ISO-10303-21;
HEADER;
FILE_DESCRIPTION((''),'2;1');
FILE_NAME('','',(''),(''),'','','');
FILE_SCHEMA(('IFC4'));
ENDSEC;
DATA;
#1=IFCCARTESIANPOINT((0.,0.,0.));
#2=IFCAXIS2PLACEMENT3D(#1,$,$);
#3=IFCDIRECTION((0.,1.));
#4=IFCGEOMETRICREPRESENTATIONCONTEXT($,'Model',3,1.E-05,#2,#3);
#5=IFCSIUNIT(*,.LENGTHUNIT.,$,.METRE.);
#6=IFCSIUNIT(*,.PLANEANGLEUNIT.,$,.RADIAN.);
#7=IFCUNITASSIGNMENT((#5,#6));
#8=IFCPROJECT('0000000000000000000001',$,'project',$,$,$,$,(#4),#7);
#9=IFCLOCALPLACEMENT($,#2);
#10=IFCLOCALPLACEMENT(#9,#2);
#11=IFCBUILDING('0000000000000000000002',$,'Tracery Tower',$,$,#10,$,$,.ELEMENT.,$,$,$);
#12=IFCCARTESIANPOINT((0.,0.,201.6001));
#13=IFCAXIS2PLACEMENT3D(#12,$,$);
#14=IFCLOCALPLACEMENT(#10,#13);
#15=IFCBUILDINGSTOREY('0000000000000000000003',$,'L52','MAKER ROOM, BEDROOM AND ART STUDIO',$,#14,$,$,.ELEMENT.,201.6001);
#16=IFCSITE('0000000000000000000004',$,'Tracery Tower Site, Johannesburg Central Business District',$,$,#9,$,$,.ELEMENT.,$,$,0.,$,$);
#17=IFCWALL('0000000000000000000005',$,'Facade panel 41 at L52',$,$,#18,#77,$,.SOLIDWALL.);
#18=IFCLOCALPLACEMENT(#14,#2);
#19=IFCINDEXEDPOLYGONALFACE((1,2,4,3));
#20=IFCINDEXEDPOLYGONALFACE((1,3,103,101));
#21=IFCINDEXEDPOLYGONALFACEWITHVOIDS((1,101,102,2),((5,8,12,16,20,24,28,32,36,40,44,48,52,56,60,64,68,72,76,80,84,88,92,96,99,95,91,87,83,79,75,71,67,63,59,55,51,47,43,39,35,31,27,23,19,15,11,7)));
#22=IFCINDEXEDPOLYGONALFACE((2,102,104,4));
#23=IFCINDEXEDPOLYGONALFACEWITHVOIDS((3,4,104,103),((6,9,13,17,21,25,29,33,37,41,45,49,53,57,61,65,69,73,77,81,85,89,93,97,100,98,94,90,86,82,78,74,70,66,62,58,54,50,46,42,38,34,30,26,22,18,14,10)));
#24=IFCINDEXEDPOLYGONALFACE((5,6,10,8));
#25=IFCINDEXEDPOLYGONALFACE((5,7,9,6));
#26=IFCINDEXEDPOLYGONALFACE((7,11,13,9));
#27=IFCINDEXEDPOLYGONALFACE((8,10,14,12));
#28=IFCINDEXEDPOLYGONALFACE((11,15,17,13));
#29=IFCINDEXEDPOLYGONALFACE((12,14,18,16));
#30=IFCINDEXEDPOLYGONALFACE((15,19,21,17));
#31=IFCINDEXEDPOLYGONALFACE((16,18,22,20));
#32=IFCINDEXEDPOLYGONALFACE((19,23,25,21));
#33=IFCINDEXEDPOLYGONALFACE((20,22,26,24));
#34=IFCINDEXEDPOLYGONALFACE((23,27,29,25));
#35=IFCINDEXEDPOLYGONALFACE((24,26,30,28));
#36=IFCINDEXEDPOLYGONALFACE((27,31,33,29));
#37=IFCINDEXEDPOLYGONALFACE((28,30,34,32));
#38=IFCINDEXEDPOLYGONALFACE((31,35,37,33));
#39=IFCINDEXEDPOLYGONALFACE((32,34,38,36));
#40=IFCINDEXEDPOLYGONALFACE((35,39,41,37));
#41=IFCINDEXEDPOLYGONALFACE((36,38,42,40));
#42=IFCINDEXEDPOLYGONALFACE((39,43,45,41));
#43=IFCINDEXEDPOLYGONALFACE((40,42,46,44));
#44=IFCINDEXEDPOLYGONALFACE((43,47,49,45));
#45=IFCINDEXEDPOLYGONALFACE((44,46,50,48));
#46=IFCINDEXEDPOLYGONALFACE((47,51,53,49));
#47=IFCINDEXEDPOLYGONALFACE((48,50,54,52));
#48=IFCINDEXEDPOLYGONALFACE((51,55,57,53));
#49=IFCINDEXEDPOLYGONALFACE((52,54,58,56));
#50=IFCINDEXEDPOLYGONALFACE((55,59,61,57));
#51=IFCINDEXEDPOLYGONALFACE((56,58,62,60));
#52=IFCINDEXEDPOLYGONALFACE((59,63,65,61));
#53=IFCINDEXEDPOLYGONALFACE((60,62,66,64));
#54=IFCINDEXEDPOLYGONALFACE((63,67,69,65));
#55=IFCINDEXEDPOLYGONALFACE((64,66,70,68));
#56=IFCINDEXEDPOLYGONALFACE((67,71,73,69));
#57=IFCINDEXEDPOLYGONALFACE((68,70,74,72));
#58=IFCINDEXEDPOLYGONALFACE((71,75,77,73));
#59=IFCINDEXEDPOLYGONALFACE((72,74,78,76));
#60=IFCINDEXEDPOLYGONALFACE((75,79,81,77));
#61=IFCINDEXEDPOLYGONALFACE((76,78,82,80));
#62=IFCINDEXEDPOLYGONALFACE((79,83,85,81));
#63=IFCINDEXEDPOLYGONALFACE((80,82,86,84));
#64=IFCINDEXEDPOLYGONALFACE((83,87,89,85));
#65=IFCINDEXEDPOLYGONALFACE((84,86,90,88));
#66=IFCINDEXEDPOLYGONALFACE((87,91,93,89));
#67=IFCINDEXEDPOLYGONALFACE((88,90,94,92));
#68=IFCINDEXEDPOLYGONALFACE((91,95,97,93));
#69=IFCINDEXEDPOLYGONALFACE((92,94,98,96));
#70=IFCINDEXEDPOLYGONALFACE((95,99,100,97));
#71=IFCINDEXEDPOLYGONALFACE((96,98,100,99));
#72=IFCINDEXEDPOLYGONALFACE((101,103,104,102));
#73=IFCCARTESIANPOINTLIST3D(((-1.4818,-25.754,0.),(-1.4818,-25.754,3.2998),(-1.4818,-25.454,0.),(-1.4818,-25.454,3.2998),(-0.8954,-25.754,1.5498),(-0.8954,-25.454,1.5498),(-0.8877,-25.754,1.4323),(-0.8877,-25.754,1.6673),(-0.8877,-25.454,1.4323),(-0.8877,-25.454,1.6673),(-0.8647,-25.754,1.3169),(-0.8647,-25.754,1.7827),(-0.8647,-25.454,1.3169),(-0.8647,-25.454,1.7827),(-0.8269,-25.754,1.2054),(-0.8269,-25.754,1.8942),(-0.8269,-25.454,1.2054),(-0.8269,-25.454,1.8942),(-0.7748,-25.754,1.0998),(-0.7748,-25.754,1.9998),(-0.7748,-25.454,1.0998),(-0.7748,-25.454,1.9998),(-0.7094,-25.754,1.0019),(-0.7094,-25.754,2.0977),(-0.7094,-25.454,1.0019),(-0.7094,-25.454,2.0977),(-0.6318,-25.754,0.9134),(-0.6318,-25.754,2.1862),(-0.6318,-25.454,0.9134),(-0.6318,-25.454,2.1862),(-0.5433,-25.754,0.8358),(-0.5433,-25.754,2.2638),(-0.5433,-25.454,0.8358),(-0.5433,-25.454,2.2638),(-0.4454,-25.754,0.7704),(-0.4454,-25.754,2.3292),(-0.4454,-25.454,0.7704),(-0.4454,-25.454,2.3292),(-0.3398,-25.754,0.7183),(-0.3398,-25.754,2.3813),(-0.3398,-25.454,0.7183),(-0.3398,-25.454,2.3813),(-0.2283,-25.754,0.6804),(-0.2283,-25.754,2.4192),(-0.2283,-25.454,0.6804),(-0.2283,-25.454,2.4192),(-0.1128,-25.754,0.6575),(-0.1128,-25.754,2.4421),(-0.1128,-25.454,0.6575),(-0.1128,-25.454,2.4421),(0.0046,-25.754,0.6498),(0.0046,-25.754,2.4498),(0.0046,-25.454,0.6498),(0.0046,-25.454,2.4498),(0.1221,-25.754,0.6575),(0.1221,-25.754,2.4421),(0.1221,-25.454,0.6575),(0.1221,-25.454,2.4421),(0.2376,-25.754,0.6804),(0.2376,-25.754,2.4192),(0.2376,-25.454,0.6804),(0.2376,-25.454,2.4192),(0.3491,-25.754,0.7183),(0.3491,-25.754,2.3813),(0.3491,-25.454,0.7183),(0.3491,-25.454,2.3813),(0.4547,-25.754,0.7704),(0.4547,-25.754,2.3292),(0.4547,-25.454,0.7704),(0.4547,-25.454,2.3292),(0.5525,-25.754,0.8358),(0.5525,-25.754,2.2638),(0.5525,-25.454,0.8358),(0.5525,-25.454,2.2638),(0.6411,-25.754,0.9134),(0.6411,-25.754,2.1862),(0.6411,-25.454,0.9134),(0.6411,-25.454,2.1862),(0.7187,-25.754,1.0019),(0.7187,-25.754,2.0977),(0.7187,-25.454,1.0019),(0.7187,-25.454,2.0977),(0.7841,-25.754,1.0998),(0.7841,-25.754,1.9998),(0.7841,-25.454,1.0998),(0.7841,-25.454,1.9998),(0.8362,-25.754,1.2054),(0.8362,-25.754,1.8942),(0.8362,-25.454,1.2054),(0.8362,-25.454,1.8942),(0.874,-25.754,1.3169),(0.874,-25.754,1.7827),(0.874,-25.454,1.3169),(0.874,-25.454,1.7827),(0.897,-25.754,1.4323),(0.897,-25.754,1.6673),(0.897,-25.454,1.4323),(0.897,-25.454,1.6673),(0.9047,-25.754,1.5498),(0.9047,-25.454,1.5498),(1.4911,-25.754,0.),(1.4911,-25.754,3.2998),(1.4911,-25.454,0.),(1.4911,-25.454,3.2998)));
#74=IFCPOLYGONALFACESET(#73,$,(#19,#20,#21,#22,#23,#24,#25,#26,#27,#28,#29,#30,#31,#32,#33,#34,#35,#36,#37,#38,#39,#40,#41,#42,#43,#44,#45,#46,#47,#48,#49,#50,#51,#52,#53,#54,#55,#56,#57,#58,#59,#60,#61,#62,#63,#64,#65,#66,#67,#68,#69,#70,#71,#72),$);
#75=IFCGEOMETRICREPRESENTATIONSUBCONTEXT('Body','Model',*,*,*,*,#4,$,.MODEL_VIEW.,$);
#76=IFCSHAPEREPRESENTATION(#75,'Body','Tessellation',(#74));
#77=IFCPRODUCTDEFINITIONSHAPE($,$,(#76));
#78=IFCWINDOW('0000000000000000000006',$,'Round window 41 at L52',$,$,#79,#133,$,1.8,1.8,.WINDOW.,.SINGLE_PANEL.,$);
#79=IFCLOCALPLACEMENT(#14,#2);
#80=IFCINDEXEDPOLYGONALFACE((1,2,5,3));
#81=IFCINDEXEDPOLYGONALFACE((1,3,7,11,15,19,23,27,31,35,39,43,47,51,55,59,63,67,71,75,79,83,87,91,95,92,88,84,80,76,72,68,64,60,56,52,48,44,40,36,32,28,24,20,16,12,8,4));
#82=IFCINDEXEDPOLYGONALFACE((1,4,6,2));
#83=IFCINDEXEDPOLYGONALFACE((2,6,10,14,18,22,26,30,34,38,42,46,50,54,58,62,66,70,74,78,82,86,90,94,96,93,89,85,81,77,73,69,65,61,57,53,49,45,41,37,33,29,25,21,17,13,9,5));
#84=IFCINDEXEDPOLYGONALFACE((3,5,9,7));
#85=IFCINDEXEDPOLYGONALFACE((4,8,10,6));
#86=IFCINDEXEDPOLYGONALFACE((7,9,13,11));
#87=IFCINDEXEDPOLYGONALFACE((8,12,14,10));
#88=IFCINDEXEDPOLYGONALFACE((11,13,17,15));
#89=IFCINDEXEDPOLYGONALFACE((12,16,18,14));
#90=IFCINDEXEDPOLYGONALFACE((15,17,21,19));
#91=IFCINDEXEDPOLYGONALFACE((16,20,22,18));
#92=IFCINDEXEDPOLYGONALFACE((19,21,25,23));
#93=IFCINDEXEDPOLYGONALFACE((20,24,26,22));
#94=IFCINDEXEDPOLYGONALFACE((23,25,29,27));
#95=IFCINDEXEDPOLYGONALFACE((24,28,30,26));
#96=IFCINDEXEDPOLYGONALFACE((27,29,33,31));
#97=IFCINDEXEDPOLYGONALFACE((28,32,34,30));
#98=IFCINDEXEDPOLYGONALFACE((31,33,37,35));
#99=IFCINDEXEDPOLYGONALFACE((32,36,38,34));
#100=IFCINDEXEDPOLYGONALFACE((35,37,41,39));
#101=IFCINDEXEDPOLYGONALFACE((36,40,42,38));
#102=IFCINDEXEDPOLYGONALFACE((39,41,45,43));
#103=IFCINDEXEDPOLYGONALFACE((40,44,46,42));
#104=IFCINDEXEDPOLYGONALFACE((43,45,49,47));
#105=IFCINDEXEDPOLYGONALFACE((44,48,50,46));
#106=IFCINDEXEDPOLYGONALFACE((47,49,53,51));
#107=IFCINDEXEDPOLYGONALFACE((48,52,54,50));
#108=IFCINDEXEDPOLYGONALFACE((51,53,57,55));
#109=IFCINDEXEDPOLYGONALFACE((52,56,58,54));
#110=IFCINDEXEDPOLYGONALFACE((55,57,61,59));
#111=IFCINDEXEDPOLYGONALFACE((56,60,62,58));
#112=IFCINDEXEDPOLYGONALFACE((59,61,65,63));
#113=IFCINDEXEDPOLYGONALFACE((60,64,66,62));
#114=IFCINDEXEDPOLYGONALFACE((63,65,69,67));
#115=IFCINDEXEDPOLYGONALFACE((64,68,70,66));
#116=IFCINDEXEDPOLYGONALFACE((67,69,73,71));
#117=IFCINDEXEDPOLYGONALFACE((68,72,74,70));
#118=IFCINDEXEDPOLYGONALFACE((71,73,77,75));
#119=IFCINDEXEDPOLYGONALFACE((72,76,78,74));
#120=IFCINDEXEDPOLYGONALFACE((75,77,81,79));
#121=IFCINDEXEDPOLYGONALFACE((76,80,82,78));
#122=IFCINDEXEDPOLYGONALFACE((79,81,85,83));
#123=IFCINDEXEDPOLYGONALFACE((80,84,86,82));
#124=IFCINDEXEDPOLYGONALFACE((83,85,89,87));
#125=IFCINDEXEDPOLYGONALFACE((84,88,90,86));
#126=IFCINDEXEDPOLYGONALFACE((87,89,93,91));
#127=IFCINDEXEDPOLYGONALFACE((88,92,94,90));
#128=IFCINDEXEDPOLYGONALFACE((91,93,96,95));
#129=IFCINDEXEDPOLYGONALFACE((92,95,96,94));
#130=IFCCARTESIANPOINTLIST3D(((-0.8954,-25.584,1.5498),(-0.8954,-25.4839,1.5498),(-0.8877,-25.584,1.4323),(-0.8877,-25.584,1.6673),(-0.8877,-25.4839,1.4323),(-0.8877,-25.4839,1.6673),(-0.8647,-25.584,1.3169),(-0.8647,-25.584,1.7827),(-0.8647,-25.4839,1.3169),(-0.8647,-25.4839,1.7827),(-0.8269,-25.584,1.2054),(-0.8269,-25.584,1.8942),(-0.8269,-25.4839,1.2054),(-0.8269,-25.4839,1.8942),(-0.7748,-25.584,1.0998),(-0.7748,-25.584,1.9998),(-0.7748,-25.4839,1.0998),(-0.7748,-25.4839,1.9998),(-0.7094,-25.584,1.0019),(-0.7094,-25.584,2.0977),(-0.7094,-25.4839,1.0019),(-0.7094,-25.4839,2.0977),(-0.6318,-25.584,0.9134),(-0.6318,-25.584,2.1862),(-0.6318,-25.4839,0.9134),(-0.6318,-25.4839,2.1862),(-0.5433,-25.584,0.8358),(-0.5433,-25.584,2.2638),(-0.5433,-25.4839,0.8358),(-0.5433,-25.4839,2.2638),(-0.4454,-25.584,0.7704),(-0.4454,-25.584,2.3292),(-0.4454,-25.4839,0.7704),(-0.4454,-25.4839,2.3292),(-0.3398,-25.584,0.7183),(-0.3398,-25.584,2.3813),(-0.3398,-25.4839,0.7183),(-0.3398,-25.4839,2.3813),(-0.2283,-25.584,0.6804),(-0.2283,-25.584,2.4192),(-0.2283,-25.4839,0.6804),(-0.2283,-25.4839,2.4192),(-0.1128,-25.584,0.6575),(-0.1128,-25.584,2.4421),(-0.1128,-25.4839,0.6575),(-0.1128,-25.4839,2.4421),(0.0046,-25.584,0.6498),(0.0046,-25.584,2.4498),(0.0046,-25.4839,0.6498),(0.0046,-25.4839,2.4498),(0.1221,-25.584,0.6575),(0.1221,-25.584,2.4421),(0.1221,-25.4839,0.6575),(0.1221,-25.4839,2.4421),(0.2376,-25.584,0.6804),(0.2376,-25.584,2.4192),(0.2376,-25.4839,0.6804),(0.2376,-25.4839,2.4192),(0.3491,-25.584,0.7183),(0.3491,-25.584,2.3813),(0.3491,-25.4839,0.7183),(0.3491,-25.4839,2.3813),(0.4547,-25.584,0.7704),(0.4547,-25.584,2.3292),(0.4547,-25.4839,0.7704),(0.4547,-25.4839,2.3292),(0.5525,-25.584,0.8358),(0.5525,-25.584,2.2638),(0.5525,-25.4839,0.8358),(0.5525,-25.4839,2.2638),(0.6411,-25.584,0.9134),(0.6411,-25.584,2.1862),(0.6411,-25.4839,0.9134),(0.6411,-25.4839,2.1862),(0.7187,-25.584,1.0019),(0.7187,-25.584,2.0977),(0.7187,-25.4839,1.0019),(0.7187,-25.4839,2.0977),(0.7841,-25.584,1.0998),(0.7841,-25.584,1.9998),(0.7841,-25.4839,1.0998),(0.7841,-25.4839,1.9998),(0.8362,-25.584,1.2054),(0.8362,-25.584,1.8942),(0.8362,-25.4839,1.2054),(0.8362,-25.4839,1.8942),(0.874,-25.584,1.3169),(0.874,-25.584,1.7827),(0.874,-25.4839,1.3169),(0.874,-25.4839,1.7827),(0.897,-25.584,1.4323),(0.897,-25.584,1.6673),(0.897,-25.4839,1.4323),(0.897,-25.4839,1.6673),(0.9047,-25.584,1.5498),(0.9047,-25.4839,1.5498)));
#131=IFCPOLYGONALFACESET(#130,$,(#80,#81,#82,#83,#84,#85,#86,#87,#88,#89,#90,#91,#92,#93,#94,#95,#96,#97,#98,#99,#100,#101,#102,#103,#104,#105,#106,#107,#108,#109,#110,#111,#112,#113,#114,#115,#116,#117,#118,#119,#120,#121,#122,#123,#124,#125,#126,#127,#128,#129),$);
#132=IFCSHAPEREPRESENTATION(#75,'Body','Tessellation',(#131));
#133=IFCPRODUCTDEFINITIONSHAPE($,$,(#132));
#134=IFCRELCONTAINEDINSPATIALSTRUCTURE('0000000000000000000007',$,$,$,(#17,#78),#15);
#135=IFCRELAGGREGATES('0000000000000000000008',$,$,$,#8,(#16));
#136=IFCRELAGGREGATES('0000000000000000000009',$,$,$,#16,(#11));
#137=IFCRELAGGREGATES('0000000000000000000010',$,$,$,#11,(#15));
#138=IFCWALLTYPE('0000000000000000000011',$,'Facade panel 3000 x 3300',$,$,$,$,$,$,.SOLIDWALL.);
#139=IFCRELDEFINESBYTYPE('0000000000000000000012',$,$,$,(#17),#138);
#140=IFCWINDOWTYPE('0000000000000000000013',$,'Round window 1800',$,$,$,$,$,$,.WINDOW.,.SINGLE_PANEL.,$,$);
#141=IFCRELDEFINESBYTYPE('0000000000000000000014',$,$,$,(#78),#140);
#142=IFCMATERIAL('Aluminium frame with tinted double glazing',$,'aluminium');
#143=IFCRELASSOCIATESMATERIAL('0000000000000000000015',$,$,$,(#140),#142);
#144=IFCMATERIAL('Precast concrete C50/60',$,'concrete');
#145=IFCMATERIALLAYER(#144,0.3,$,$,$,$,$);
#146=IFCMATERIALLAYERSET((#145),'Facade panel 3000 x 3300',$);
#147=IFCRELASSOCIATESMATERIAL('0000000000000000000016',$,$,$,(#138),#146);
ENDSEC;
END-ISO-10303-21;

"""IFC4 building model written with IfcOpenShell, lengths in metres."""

from ifc_helpers import new_model, si_unit, direction, frame, frame_2d, origin, origin_2d, place, context, subcontext, project, spatial, rectangle, circle, extrude, material, layer, layer_set, type_object, element, fill, save


model = new_model("IFC4")

# Units and contexts
model_context = context("Model", 3, precision=1e-05, world=origin(), true_north=direction((0.0, 1.0)))
body_context = subcontext(model_context, "Body", "Model", "MODEL_VIEW")
ifc_project = project(units=[si_unit("LENGTHUNIT", "METRE"), si_unit("PLANEANGLEUNIT", "RADIAN")], contexts=[model_context])

# Site, building, storey
site_placement = place(None, origin())
site = spatial("IfcSite", under=ifc_project, at=site_placement, Name="Tracery Tower Site, Johannesburg Central Business District", CompositionType="ELEMENT", RefElevation=0.0)
building_placement = place(site_placement, origin())
building = spatial("IfcBuilding", under=site, at=building_placement, Name="Tracery Tower", CompositionType="ELEMENT")
storey_placement = place(building_placement, frame((0.0, 0.0, 201.6001)))
storey = spatial("IfcBuildingStorey", under=building, at=storey_placement, Name="L52", Description="MAKER ROOM, BEDROOM AND ART STUDIO", CompositionType="ELEMENT", Elevation=201.6001)

# Wall, opening, window
ifc_material_1 = material(Name="Aluminium frame with tinted double glazing", Category="aluminium")
window_type = type_object("IfcWindowType", Name="Round window 1800", PartitioningType="SINGLE_PANEL", PredefinedType="WINDOW", material=ifc_material_1)
ifc_material_2 = material(Name="Precast concrete C50/60", Category="concrete")
ifc_layer_1 = layer(ifc_material_2, 0.3)
ifc_layer_set_1 = layer_set([ifc_layer_1], Name="Facade panel 3000 x 3300")
wall_type_1 = type_object("IfcWallType", Name="Facade panel 3000 x 3300", PredefinedType="SOLIDWALL", material=ifc_layer_set_1)
wall_1_placement = place(storey_placement, frame((-1.4817, -25.604, 0.0), z_axis=(0.0, 0.0, 1.0), x_axis=(1.0, 0.0, 0.0)))
wall_1 = element("IfcWall", 1, at=wall_1_placement, inside=storey, type_object=wall_type_1, Name="Facade panel 41 at L52", PredefinedType="SOLIDWALL", context=body_context, shape_type="SweptSolid", body=[
    extrude(rectangle(XDim=2.9729, YDim=0.3, at=frame_2d((1.4863, 0.0))), origin(), (0.0, 0.0, 1.0), 3.2998),
])
opening_1_placement = place(wall_1_placement, frame((1.4863, 0.0, 1.5498)))
opening_1 = element("IfcOpeningElement", 2, at=opening_1_placement, cuts=wall_1, PredefinedType="OPENING", context=body_context, shape_type="SweptSolid", body=[
    extrude(circle(Radius=0.9, at=origin_2d()), frame((0.0, 0.1599, 0.0), z_axis=(0.0, -1.0, 0.0), x_axis=(1.0, 0.0, 0.0)), (0.0, 0.0, 1.0), 0.3201),
])
window_1_placement = place(opening_1_placement, origin())
window_1 = element("IfcWindow", 3, at=window_1_placement, inside=storey, type_object=window_type, Name="Round window 41 at L52", OverallHeight=1.8, OverallWidth=1.8, PartitioningType="SINGLE_PANEL", PredefinedType="WINDOW", context=body_context, shape_type="SweptSolid", body=[
    extrude(circle(Radius=0.9, at=origin_2d()), frame((0.0, 0.1201, 0.0), z_axis=(0.0, -1.0, 0.0), x_axis=(1.0, 0.0, 0.0)), (0.0, 0.0, 1.0), 0.1001),
])
fill(opening_1, window_1)

save(model, "model.ifc")
